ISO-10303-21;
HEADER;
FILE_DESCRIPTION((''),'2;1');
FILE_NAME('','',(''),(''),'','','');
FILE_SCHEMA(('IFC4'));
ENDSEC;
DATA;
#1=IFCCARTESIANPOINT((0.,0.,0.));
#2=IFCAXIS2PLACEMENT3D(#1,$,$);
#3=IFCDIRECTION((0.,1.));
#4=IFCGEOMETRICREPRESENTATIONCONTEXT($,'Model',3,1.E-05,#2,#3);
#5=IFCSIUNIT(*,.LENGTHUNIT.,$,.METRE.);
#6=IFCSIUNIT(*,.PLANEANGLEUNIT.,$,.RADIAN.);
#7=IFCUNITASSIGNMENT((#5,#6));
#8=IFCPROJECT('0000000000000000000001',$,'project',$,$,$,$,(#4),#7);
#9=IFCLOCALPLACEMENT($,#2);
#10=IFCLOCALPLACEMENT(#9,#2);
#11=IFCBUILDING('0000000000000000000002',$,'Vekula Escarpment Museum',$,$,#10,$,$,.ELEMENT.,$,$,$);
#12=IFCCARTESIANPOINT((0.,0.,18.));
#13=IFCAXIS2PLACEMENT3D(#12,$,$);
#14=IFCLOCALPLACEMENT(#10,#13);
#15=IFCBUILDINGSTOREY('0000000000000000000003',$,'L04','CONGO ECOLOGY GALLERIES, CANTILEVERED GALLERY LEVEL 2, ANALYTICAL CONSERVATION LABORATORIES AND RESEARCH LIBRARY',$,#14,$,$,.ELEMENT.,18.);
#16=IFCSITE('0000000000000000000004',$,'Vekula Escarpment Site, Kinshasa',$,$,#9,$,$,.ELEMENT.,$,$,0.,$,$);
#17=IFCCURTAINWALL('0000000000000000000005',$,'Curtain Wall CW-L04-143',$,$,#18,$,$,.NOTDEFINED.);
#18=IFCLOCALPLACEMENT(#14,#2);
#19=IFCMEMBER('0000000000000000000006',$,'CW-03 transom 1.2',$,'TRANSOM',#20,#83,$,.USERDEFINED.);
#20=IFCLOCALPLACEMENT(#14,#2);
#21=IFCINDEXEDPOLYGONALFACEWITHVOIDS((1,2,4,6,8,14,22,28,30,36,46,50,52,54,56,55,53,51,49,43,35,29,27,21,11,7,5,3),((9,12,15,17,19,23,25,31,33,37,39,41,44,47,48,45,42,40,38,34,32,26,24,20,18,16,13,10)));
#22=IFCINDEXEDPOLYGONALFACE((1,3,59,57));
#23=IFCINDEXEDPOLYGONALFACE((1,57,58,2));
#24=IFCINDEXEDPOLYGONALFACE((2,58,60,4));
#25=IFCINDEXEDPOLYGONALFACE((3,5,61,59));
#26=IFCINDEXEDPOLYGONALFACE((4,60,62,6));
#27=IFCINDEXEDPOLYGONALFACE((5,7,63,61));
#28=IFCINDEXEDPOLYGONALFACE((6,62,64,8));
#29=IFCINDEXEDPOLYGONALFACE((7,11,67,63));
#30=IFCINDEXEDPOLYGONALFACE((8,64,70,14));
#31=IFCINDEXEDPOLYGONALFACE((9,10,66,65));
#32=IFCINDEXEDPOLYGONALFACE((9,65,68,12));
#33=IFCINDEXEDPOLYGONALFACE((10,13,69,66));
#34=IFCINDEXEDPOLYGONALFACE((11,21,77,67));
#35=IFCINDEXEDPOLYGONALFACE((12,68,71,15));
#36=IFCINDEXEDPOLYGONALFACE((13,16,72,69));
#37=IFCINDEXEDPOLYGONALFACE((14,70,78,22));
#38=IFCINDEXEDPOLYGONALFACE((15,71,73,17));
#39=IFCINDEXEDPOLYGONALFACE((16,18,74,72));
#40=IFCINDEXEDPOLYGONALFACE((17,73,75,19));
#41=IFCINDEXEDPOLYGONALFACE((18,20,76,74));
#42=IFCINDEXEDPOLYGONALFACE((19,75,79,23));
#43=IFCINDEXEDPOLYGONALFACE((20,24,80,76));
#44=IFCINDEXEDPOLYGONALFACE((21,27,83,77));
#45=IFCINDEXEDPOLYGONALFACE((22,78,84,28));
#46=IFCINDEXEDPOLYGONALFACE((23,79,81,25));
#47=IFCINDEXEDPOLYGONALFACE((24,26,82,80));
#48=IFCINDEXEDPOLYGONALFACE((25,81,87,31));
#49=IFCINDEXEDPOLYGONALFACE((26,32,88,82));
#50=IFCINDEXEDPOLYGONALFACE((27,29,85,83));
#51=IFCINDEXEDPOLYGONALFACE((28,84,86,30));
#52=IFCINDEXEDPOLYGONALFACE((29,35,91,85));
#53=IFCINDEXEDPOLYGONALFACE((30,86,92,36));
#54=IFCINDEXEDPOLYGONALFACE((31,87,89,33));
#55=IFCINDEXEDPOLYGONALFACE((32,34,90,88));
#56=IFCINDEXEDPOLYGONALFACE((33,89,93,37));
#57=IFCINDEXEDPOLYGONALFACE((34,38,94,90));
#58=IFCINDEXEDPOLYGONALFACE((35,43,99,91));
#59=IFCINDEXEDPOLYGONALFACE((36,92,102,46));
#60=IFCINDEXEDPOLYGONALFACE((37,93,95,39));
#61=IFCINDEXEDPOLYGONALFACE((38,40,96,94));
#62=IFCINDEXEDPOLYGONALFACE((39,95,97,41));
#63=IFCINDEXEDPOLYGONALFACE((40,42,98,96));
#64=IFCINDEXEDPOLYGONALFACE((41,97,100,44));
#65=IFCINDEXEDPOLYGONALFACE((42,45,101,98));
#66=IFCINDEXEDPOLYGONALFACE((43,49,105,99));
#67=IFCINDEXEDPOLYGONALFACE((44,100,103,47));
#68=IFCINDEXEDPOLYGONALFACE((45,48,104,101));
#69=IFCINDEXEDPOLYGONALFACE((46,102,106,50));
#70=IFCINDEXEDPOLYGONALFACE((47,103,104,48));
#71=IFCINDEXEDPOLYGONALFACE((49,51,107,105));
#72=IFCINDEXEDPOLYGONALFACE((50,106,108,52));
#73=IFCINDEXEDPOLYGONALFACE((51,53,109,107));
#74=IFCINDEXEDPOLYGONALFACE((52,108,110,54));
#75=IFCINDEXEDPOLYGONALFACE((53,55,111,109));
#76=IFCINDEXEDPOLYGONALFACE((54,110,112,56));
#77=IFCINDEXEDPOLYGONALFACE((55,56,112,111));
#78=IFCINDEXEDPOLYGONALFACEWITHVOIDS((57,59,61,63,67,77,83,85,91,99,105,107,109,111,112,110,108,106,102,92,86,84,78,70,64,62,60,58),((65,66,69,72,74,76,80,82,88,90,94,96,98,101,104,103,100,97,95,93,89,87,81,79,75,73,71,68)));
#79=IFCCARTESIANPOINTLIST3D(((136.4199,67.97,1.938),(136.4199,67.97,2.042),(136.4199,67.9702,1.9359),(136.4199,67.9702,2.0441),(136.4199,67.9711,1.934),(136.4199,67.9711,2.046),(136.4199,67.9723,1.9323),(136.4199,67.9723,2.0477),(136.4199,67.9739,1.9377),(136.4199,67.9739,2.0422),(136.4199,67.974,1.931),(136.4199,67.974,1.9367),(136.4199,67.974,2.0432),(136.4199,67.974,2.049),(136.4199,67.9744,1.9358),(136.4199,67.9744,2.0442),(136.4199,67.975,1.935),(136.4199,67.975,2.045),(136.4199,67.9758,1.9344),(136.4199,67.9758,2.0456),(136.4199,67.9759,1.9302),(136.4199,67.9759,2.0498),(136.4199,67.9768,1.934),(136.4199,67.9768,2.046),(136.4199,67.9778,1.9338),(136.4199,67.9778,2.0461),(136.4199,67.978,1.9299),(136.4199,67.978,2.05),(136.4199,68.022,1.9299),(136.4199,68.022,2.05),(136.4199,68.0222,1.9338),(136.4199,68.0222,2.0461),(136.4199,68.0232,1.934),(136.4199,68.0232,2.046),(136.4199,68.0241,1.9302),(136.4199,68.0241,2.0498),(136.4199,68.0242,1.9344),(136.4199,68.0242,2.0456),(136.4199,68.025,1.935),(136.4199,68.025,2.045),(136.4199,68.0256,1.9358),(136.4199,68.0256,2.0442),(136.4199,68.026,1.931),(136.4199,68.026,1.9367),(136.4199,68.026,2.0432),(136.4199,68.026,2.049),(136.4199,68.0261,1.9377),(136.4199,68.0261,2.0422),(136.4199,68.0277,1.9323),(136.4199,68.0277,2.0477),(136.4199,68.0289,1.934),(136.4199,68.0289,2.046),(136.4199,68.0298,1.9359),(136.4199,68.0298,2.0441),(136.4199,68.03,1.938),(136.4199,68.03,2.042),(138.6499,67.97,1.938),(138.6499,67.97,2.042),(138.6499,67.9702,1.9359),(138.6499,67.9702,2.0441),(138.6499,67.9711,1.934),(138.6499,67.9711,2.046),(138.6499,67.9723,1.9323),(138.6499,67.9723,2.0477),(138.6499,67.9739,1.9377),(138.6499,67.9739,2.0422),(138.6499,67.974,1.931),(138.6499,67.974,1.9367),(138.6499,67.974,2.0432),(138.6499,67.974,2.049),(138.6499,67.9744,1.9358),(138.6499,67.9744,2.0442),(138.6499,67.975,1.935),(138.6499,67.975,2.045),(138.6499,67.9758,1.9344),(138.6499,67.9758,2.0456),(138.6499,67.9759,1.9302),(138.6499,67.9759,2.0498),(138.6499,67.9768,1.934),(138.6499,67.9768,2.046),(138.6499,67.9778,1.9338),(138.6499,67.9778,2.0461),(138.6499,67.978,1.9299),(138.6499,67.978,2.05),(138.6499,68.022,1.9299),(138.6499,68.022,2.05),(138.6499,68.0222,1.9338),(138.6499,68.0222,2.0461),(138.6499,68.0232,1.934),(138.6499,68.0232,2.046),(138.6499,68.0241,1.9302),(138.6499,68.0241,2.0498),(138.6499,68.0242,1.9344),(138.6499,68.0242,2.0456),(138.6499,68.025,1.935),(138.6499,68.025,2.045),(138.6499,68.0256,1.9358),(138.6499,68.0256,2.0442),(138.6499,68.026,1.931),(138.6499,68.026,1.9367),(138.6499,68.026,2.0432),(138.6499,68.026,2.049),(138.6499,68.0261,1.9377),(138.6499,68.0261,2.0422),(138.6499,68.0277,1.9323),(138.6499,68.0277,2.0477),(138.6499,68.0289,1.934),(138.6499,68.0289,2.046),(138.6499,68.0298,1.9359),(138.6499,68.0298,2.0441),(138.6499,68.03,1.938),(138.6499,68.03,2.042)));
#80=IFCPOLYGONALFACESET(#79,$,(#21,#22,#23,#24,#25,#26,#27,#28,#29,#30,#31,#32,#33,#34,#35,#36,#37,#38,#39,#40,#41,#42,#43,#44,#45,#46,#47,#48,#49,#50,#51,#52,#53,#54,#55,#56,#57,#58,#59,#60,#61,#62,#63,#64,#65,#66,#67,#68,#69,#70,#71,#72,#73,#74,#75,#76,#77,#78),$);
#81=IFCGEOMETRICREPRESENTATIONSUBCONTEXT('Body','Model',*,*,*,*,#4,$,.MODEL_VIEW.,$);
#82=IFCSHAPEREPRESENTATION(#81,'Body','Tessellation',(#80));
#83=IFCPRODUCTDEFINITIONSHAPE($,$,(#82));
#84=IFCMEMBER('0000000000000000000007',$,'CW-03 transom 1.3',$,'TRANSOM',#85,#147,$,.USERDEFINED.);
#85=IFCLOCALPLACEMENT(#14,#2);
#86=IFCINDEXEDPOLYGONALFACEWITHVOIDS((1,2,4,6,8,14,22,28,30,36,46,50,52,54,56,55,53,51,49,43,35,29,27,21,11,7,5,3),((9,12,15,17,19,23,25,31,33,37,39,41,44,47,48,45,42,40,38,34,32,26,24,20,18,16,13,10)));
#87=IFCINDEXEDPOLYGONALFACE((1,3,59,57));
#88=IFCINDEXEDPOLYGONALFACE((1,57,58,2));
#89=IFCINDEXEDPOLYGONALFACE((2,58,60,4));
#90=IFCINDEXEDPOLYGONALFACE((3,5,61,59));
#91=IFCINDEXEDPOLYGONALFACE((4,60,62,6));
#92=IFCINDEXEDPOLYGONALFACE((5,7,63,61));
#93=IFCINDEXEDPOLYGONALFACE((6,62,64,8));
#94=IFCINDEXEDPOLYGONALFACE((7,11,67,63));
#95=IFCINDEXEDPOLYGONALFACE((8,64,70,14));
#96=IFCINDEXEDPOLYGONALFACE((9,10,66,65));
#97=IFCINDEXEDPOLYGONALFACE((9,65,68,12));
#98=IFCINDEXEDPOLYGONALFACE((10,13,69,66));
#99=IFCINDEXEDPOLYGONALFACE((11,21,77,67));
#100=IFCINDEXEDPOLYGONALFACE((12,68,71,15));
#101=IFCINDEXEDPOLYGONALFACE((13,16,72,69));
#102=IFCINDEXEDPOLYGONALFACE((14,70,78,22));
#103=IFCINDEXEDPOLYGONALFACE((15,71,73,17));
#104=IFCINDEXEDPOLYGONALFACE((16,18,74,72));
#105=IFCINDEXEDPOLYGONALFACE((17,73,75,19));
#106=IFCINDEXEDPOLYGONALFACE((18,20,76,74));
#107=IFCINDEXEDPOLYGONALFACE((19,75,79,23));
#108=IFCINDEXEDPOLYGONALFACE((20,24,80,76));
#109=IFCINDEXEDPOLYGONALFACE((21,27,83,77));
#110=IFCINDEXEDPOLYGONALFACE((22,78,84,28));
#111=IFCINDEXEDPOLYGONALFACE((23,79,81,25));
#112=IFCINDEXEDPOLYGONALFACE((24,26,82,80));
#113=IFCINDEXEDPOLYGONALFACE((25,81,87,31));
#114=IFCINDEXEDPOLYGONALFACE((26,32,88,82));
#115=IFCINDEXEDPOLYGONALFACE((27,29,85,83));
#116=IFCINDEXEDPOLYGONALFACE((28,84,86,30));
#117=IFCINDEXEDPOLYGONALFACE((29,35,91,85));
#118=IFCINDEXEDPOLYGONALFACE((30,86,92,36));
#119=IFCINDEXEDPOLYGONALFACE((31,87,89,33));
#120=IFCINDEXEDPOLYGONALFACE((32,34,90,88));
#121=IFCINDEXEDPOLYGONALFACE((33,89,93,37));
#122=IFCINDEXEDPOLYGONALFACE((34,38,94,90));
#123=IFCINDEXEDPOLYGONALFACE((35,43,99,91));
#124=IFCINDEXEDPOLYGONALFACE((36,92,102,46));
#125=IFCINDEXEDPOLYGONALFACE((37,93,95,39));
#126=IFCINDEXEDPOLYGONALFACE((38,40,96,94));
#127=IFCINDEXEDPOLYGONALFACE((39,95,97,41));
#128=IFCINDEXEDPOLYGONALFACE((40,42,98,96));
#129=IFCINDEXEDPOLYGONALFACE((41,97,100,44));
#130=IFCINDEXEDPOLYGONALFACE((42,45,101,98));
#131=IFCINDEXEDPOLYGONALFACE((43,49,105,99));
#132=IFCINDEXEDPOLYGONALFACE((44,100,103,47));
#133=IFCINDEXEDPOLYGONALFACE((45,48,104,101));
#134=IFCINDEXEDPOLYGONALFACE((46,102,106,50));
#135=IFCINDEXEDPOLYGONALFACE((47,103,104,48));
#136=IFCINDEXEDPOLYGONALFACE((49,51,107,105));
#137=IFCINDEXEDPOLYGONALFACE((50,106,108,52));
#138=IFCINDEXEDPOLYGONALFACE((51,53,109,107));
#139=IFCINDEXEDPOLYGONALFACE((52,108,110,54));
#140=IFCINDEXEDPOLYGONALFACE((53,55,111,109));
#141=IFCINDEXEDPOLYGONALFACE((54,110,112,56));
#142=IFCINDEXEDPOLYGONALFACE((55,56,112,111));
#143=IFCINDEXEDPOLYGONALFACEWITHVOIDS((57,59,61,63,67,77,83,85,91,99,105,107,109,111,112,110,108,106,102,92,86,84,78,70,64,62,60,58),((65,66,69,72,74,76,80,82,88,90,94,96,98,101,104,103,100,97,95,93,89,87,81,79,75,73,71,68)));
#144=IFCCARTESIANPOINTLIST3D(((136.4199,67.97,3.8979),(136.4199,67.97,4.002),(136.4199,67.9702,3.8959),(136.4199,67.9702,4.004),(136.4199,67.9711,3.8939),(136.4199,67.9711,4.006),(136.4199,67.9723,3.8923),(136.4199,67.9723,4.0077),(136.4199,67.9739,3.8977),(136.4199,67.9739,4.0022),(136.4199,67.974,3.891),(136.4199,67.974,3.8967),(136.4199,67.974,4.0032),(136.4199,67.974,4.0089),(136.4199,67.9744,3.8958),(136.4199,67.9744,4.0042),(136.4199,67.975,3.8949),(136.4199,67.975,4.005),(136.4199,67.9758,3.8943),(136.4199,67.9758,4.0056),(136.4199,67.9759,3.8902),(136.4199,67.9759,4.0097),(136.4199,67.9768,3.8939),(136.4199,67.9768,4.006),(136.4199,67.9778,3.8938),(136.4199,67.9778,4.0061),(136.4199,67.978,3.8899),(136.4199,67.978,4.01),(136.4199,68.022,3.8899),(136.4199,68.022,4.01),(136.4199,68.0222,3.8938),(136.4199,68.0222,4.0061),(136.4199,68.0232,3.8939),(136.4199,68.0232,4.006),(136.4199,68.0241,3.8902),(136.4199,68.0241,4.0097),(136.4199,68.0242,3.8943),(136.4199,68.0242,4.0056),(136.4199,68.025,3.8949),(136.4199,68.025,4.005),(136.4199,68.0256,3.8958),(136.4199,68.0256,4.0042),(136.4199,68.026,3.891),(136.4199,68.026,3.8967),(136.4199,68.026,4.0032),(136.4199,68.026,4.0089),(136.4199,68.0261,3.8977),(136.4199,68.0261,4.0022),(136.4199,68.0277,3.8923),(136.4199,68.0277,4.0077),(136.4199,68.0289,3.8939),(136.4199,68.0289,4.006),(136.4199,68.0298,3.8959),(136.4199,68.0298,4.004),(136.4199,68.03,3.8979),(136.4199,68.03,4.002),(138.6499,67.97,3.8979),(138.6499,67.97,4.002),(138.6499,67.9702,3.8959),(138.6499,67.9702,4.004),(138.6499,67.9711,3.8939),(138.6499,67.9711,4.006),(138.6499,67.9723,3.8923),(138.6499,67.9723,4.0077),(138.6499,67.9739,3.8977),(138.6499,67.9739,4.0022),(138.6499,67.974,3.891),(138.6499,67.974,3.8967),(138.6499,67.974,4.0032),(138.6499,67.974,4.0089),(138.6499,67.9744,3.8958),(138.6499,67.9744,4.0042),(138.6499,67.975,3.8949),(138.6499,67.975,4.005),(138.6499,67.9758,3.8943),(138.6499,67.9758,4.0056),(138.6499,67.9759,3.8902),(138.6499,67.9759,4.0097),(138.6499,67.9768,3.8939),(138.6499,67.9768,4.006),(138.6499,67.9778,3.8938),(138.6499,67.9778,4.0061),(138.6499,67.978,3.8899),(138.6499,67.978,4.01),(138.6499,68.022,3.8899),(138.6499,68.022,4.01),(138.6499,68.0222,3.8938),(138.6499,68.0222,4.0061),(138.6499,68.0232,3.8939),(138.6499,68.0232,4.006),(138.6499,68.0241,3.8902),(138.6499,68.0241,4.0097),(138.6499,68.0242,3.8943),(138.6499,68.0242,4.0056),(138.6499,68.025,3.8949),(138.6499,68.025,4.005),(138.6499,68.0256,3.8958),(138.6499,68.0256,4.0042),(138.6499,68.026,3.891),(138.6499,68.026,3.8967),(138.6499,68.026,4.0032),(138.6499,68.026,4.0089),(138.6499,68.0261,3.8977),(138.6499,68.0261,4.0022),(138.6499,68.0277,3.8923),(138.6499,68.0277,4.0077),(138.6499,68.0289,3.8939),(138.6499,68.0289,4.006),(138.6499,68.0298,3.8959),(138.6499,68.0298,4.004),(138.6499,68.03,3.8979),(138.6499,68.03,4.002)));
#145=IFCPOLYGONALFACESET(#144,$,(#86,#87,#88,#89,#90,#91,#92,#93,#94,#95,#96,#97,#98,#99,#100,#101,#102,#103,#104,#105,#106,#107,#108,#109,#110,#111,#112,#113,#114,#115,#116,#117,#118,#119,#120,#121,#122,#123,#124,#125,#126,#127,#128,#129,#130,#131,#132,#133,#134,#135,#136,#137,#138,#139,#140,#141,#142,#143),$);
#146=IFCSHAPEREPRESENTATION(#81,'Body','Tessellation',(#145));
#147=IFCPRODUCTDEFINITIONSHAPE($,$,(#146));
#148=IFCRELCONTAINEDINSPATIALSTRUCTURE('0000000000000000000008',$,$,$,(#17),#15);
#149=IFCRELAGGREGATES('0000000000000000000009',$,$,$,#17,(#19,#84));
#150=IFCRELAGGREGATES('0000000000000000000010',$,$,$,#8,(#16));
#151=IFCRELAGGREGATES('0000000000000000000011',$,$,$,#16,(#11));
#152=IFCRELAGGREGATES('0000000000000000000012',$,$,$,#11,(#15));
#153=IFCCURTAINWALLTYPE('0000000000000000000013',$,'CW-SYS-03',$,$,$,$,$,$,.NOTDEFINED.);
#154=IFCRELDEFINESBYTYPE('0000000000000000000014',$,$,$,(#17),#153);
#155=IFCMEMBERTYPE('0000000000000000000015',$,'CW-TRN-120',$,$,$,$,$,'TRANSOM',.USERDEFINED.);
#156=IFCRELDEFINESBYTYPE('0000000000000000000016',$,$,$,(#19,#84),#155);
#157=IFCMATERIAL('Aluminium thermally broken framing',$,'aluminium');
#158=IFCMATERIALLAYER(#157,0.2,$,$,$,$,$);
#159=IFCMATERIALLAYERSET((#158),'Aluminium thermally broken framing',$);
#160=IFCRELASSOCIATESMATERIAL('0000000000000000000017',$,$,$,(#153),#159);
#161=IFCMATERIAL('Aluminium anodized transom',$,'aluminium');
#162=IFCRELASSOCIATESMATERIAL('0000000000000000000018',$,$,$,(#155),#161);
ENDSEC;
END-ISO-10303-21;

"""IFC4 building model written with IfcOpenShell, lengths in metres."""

from ifc_helpers import new_model, si_unit, direction, frame, origin, origin_2d, place, context, subcontext, project, spatial, hollow_rectangle, extrude, material, layer, layer_set, material_profile, profile_set, type_object, element, aggregate, save


model = new_model("IFC4")

# Units and contexts
model_context = context("Model", 3, precision=1e-05, world=origin(), true_north=direction((0.0, 1.0)))
body_context = subcontext(model_context, "Body", "Model", "MODEL_VIEW")
ifc_project = project(units=[si_unit("LENGTHUNIT", "METRE"), si_unit("PLANEANGLEUNIT", "RADIAN")], contexts=[model_context])

# Site, building, storey
site_placement = place(None, origin())
site = spatial("IfcSite", under=ifc_project, at=site_placement, Name="Vekula Escarpment Site, Kinshasa", CompositionType="ELEMENT", RefElevation=0.0)
building_placement = place(site_placement, origin())
building = spatial("IfcBuilding", under=site, at=building_placement, Name="Vekula Escarpment Museum", CompositionType="ELEMENT")
storey_placement = place(building_placement, frame((0.0, 0.0, 18.0)))
storey = spatial("IfcBuildingStorey", under=building, at=storey_placement, Name="L04", Description="CONGO ECOLOGY GALLERIES, CANTILEVERED GALLERY LEVEL 2, ANALYTICAL CONSERVATION LABORATORIES AND RESEARCH LIBRARY", CompositionType="ELEMENT", Elevation=18.0)

# Curtain wall, members
ifc_material_1 = material(Name="Aluminium thermally broken framing", Category="aluminium")
ifc_layer_1 = layer(ifc_material_1, 0.2)
ifc_layer_set_1 = layer_set([ifc_layer_1], Name="Aluminium thermally broken framing")
curtain_wall_type = type_object("IfcCurtainWallType", Name="CW-SYS-03", PredefinedType="NOTDEFINED", material=ifc_layer_set_1)
curtain_wall_placement = place(storey_placement, origin())
curtain_wall = element("IfcCurtainWall", 1, at=curtain_wall_placement, inside=storey, type_object=curtain_wall_type, Name="Curtain Wall CW-L04-143", PredefinedType="NOTDEFINED")
ifc_material_2 = material(Name="Aluminium anodized transom", Category="aluminium")
ifc_material_profile_1 = material_profile(ifc_material_2, hollow_rectangle(XDim=0.0601, YDim=0.1201, WallThickness=0.0039, InnerFilletRadius=0.0039, OuterFilletRadius=0.0081, at=origin_2d()), Name="ALU 120x60x4")
ifc_profile_set_1 = profile_set([ifc_material_profile_1], Name="Aluminium anodized transom")
member_type_1 = type_object("IfcMemberType", Name="CW-TRN-120", ElementType="TRANSOM", PredefinedType="USERDEFINED", material=ifc_profile_set_1)
member_1_placement = place(storey_placement, frame((136.4199, 68.0, 1.99), z_axis=(1.0, 0.0, 0.0), x_axis=(0.0, 1.0, 0.0)))
member_1 = element("IfcMember", 2, at=member_1_placement, type_object=member_type_1, Name="CW-03 transom 1.2", ObjectType="TRANSOM", PredefinedType="USERDEFINED", context=body_context, shape_type="SweptSolid", body=[
    extrude(hollow_rectangle(XDim=0.0601, YDim=0.1201, WallThickness=0.0039, InnerFilletRadius=0.0039, OuterFilletRadius=0.0081, at=origin_2d()), origin(), (0.0, 0.0, 1.0), 2.23),
])
member_2_placement = place(storey_placement, frame((136.4199, 68.0, 3.95), z_axis=(1.0, 0.0, 0.0), x_axis=(0.0, 1.0, 0.0)))
member_2 = element("IfcMember", 3, at=member_2_placement, type_object=member_type_1, Name="CW-03 transom 1.3", ObjectType="TRANSOM", PredefinedType="USERDEFINED", context=body_context, shape_type="SweptSolid", body=[
    extrude(hollow_rectangle(XDim=0.0601, YDim=0.1201, WallThickness=0.0039, InnerFilletRadius=0.0039, OuterFilletRadius=0.0081, at=origin_2d()), origin(), (0.0, 0.0, 1.0), 2.23),
])

aggregate(curtain_wall, [member_1, member_2])

save(model, "model.ifc")
